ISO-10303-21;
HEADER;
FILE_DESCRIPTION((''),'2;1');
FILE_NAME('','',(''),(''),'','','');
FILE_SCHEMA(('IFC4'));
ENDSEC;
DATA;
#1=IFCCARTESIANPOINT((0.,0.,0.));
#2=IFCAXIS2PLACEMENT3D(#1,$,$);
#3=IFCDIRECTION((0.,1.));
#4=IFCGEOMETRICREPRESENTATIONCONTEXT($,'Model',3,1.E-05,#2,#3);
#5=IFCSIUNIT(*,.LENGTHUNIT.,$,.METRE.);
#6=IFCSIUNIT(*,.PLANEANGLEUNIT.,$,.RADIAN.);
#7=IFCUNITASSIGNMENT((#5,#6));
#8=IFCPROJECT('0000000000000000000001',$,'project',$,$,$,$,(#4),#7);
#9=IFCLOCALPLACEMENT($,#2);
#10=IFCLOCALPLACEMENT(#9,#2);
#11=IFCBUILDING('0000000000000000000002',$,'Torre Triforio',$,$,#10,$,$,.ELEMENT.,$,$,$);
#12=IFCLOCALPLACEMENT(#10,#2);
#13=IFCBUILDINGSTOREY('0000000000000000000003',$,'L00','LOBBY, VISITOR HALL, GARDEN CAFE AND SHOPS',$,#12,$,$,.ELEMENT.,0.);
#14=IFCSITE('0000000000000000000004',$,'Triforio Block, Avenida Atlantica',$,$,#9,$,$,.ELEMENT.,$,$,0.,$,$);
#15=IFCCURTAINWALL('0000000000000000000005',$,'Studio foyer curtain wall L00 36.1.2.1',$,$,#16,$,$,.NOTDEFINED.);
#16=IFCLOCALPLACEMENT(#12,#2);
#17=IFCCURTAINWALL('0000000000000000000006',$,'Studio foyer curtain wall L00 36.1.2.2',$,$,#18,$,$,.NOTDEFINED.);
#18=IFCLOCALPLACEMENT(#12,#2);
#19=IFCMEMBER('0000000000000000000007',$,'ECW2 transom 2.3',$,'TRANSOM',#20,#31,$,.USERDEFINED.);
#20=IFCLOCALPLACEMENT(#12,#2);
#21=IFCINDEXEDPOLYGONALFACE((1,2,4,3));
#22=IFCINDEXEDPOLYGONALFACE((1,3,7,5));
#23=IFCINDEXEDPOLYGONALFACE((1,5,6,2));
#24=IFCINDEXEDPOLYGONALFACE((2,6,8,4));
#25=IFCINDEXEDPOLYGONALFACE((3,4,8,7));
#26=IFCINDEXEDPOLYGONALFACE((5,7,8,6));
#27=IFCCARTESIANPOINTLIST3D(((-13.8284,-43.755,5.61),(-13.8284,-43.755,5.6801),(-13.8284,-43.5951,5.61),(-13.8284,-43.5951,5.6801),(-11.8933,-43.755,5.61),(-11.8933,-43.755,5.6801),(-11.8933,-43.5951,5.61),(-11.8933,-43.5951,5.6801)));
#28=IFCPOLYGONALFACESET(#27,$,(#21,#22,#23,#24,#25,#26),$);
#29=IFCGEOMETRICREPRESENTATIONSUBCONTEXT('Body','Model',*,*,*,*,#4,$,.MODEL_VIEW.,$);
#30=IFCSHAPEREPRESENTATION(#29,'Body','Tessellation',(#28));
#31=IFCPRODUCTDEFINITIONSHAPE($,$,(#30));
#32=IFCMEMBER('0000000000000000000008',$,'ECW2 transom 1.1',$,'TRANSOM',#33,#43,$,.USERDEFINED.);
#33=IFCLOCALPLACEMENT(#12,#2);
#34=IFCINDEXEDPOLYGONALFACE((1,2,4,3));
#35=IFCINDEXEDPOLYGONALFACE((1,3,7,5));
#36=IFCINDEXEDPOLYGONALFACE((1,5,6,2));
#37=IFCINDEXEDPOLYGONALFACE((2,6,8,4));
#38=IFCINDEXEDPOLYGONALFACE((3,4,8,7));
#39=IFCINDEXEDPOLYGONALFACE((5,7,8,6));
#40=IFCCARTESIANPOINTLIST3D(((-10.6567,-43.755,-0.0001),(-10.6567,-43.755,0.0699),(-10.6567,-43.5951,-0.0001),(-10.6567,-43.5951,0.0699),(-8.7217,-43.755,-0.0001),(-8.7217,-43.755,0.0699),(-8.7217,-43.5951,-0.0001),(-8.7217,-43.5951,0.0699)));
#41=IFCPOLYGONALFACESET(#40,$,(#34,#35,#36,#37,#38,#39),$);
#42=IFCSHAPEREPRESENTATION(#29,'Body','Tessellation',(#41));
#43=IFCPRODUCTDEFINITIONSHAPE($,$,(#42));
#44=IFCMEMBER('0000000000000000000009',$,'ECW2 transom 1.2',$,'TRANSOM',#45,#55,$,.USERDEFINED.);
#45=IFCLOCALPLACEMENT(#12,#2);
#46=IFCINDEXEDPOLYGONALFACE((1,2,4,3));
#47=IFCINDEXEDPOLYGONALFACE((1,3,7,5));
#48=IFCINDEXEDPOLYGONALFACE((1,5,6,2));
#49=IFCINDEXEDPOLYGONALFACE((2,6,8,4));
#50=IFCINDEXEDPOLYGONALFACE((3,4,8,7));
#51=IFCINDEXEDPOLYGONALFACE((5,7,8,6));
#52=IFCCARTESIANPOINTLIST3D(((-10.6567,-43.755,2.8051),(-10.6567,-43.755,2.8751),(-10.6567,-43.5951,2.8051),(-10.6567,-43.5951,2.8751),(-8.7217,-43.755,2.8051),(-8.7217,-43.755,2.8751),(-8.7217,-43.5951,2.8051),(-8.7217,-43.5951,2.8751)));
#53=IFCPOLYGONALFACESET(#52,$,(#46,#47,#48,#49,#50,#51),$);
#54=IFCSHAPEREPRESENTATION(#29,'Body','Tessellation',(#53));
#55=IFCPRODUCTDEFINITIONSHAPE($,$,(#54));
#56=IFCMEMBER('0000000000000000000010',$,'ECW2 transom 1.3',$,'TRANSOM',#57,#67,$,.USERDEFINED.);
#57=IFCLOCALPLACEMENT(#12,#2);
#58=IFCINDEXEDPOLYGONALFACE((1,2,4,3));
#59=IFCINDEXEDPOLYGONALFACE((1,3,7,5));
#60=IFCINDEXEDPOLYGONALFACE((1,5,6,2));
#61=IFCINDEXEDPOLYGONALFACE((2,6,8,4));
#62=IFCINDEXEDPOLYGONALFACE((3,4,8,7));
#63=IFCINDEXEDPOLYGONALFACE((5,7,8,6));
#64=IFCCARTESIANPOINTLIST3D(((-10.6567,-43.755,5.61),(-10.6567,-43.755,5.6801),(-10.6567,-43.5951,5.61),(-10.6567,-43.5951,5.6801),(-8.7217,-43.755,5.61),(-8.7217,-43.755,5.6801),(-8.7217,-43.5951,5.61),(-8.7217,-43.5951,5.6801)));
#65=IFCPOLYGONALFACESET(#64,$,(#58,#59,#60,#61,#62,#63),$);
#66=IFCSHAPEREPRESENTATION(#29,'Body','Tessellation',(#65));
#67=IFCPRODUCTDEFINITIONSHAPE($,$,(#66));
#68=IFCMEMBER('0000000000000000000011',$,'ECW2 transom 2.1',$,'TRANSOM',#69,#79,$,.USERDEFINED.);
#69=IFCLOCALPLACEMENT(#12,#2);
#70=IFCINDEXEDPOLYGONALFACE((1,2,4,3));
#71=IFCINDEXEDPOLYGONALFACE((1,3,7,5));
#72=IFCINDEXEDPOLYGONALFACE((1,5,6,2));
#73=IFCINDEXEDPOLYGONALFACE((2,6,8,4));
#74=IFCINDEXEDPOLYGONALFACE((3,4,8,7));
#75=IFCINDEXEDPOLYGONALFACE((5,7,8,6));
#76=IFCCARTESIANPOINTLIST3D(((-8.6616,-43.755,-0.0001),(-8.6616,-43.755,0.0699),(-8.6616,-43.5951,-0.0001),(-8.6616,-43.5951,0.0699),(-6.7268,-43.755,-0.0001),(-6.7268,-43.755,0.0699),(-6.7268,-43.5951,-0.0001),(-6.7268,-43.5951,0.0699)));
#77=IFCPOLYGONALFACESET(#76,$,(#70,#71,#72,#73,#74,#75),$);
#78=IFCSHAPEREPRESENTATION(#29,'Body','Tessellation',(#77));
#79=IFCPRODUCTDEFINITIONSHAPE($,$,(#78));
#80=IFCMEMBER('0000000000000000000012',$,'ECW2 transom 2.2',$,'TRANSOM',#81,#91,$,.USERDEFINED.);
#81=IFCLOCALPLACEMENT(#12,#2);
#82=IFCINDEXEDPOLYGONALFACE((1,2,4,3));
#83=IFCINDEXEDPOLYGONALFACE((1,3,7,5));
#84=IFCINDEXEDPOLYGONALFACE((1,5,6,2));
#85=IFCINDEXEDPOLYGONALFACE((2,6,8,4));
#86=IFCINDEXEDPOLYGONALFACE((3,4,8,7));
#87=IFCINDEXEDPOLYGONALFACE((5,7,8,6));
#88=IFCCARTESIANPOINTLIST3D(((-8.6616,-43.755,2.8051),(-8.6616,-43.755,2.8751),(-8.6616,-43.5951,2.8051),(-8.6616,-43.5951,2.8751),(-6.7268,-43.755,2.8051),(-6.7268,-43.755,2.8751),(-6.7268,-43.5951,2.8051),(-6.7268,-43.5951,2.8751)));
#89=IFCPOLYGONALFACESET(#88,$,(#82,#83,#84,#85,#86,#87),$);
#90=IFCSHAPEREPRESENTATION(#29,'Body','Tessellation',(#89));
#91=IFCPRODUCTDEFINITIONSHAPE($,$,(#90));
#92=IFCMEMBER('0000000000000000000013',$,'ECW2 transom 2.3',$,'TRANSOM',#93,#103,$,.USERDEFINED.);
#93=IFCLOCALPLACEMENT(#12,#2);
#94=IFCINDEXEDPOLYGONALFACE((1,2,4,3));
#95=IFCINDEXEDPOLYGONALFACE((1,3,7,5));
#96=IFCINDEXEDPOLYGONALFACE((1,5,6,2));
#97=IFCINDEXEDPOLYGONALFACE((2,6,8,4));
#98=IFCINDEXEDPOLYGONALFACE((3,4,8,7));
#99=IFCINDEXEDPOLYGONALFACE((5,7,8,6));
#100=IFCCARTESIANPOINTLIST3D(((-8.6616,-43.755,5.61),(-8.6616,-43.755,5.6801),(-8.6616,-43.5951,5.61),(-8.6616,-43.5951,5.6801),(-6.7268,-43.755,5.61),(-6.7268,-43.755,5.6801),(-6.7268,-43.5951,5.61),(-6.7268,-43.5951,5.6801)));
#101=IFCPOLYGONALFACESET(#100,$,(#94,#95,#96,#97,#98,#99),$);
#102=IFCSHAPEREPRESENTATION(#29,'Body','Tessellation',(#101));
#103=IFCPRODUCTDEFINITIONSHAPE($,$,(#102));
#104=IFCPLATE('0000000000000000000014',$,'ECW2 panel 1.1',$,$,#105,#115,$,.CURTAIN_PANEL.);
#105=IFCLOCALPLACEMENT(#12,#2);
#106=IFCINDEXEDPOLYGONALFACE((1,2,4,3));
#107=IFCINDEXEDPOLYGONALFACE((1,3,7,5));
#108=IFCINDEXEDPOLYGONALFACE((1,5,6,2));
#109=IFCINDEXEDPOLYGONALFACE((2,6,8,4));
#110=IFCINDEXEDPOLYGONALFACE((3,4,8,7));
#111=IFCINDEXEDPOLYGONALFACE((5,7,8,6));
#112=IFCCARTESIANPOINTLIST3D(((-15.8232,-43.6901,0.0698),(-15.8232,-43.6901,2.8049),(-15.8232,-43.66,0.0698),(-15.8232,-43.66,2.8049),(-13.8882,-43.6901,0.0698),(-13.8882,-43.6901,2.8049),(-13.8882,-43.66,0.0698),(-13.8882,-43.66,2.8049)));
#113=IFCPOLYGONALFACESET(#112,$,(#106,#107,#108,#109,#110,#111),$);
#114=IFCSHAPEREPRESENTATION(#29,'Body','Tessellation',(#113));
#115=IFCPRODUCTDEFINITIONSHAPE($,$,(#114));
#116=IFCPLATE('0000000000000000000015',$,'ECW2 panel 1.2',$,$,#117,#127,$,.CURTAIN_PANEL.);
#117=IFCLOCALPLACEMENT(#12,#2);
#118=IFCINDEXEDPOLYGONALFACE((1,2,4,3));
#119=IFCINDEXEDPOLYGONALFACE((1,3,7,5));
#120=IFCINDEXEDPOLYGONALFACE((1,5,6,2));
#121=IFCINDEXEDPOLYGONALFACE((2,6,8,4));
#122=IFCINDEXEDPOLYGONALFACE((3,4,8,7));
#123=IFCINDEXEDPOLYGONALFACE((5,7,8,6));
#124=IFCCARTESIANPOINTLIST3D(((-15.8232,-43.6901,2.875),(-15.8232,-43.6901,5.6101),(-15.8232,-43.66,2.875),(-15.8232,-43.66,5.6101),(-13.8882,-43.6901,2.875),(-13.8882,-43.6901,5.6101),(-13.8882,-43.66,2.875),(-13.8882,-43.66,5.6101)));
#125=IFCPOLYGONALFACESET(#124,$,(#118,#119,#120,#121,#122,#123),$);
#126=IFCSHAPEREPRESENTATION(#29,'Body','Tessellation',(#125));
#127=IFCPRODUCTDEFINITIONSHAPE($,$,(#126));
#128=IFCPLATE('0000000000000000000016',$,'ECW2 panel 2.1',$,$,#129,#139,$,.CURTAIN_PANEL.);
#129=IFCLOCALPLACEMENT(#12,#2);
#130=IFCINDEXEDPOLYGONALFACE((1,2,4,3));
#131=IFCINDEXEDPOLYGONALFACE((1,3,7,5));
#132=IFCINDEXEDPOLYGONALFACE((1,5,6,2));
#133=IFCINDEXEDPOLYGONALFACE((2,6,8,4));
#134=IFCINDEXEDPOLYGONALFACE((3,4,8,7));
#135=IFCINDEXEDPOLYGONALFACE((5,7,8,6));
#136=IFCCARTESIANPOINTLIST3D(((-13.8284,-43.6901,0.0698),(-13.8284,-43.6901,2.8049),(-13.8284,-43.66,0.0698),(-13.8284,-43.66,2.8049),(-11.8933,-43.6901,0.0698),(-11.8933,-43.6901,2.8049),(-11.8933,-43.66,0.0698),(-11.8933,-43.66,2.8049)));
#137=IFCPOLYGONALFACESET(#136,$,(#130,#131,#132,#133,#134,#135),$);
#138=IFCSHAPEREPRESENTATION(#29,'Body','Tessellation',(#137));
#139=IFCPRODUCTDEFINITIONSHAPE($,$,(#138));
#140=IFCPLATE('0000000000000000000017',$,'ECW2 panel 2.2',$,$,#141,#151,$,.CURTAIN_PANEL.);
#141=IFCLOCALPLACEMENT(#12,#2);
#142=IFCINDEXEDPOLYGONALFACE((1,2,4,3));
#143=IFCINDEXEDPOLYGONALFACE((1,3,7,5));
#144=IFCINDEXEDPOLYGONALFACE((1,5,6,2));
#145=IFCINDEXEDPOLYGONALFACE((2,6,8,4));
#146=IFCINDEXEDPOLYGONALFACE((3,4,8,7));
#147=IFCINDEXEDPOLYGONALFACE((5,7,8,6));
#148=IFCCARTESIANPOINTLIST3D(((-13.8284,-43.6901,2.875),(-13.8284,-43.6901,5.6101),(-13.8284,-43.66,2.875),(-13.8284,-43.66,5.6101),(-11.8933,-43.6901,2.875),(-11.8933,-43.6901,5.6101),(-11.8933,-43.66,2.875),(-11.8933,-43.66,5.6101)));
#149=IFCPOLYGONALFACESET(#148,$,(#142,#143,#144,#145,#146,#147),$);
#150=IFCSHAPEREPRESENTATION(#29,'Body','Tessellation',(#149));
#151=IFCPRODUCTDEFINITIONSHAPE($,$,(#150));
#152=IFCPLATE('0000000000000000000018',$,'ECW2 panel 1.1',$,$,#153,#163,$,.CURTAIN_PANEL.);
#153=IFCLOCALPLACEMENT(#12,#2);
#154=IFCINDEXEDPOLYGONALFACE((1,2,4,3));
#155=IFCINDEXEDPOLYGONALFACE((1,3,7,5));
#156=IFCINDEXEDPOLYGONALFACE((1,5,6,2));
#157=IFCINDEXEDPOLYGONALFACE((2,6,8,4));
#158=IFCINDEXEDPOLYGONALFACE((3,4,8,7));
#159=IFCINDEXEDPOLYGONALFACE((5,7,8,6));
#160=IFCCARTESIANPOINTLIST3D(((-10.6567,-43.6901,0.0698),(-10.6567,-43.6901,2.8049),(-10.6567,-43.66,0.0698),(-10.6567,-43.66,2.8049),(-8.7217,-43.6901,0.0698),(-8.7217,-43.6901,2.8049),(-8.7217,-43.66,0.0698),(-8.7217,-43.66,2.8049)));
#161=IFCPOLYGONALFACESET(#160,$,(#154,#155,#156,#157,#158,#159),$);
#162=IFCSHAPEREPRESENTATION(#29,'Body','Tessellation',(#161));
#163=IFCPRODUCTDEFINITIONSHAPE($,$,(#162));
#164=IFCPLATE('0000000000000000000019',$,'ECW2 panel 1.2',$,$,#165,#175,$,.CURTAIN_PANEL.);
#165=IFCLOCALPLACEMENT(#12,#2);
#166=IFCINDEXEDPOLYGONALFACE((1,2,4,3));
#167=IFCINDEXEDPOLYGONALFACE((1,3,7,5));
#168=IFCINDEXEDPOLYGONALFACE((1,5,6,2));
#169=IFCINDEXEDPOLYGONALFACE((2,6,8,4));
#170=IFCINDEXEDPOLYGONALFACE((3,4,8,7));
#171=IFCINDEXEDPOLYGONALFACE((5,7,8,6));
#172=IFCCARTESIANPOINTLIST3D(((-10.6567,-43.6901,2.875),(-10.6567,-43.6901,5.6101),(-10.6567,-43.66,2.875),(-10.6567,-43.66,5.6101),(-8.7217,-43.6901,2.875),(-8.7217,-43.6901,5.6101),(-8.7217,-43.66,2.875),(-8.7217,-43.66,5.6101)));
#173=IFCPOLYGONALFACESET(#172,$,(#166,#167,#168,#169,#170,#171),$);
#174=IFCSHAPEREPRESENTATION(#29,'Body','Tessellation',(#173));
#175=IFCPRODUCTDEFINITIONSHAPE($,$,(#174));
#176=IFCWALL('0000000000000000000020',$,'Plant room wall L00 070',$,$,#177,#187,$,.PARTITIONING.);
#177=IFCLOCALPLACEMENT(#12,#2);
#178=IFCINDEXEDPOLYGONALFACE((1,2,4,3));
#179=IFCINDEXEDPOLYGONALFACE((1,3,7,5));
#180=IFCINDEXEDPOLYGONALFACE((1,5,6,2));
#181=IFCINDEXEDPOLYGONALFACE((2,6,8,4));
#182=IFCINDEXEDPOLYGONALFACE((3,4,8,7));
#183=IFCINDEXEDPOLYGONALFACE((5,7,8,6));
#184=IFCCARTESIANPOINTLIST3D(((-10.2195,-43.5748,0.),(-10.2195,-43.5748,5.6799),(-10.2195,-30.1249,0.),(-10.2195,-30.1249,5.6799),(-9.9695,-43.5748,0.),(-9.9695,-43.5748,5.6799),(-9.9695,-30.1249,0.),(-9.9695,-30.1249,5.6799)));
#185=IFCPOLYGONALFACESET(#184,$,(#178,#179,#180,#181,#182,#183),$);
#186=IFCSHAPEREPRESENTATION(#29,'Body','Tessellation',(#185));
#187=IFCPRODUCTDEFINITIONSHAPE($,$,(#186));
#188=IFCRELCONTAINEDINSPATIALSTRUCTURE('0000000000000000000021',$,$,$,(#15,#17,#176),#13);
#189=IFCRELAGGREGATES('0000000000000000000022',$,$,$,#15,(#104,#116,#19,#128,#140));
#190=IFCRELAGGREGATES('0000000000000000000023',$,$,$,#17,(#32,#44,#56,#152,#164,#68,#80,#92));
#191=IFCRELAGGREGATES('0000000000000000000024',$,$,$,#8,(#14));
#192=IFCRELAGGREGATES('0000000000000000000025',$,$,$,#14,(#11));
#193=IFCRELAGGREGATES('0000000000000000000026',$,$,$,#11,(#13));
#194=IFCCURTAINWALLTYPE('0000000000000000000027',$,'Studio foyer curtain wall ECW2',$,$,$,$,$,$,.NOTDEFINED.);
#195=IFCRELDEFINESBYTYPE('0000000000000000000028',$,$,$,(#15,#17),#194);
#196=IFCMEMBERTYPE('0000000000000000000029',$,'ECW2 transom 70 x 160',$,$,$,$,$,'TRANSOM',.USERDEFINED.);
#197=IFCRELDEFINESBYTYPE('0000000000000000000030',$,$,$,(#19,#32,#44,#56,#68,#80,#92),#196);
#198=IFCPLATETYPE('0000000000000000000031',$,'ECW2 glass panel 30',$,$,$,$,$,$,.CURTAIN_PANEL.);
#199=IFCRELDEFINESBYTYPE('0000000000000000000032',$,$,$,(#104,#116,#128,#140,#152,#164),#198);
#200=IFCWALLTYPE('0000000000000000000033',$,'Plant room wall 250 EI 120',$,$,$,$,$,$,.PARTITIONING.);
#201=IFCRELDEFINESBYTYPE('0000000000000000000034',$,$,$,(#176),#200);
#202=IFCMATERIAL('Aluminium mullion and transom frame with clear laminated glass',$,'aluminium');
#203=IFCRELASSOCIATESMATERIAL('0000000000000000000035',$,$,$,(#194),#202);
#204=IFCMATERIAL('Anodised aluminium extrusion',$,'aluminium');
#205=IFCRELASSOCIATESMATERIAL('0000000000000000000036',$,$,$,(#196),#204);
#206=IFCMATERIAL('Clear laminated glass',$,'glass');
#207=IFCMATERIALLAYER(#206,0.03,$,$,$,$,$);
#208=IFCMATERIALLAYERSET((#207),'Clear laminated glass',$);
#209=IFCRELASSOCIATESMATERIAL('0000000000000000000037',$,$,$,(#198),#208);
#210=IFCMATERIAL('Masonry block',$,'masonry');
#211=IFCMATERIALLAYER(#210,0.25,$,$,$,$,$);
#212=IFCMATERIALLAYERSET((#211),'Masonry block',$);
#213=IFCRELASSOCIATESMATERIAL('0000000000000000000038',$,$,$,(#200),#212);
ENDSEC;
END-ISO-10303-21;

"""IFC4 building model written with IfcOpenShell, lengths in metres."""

from ifc_helpers import new_model, si_unit, direction, frame, frame_2d, origin, origin_2d, place, context, subcontext, project, spatial, rectangle, extrude, material, layer, layer_set, material_profile, profile_set, type_object, element, aggregate, save


model = new_model("IFC4")

# Units and contexts
model_context = context("Model", 3, precision=1e-05, world=origin(), true_north=direction((0.0, 1.0)))
body_context = subcontext(model_context, "Body", "Model", "MODEL_VIEW")
ifc_project = project(units=[si_unit("LENGTHUNIT", "METRE"), si_unit("PLANEANGLEUNIT", "RADIAN")], contexts=[model_context])

# Site, building, storey
site_placement = place(None, origin())
site = spatial("IfcSite", under=ifc_project, at=site_placement, Name="Triforio Block, Avenida Atlantica", CompositionType="ELEMENT", RefElevation=0.0)
building_placement = place(site_placement, origin())
building = spatial("IfcBuilding", under=site, at=building_placement, Name="Torre Triforio", CompositionType="ELEMENT")
storey_placement = place(building_placement, origin())
storey = spatial("IfcBuildingStorey", under=building, at=storey_placement, Name="L00", Description="LOBBY, VISITOR HALL, GARDEN CAFE AND SHOPS", CompositionType="ELEMENT", Elevation=0.0)

# Curtain walls
ifc_material_1 = material(Name="Aluminium mullion and transom frame with clear laminated glass", Category="aluminium")
curtain_wall_type = type_object("IfcCurtainWallType", Name="Studio foyer curtain wall ECW2", PredefinedType="NOTDEFINED", material=ifc_material_1)
curtain_wall_1_placement = place(storey_placement, origin())
curtain_wall_1 = element("IfcCurtainWall", 1, at=curtain_wall_1_placement, inside=storey, type_object=curtain_wall_type, Name="Studio foyer curtain wall L00 36.1.2.1", PredefinedType="NOTDEFINED")
ifc_material_2 = material(Name="Anodised aluminium extrusion", Category="aluminium")
curtain_wall_2_placement = place(storey_placement, origin())
curtain_wall_2 = element("IfcCurtainWall", 2, at=curtain_wall_2_placement, inside=storey, type_object=curtain_wall_type, Name="Studio foyer curtain wall L00 36.1.2.2", PredefinedType="NOTDEFINED")

# Members
ifc_material_profile_1 = material_profile(ifc_material_2, rectangle(XDim=0.1599, YDim=0.0701, at=origin_2d()), Name="ECW2 TRANSOM 70x160")
ifc_profile_set_1 = profile_set([ifc_material_profile_1], Name="Anodised aluminium extrusion")
member_type_1 = type_object("IfcMemberType", Name="ECW2 transom 70 x 160", ElementType="TRANSOM", PredefinedType="USERDEFINED", material=ifc_profile_set_1)
member_1_placement = place(storey_placement, frame((-13.8284, -43.675, 5.645), z_axis=(1.0, 0.0, 0.0), x_axis=(0.0, 1.0, 0.0)))
member_1 = element("IfcMember", 3, at=member_1_placement, type_object=member_type_1, Name="ECW2 transom 2.3", ObjectType="TRANSOM", PredefinedType="USERDEFINED", context=body_context, shape_type="SweptSolid", body=[
    extrude(rectangle(XDim=0.1599, YDim=0.0701, at=origin_2d()), origin(), (0.0, 0.0, 1.0), 1.9351),
])
member_2_placement = place(storey_placement, frame((-10.6567, -43.675, 0.0349), z_axis=(1.0, 0.0, 0.0), x_axis=(0.0, 1.0, 0.0)))
member_2 = element("IfcMember", 4, at=member_2_placement, type_object=member_type_1, Name="ECW2 transom 1.1", ObjectType="TRANSOM", PredefinedType="USERDEFINED", context=body_context, shape_type="SweptSolid", body=[
    extrude(rectangle(XDim=0.1599, YDim=0.0701, at=origin_2d()), origin(), (0.0, 0.0, 1.0), 1.9351),
])
member_3_placement = place(storey_placement, frame((-10.6567, -43.675, 2.8401), z_axis=(1.0, 0.0, 0.0), x_axis=(0.0, 1.0, 0.0)))
member_3 = element("IfcMember", 5, at=member_3_placement, type_object=member_type_1, Name="ECW2 transom 1.2", ObjectType="TRANSOM", PredefinedType="USERDEFINED", context=body_context, shape_type="SweptSolid", body=[
    extrude(rectangle(XDim=0.1599, YDim=0.0701, at=origin_2d()), origin(), (0.0, 0.0, 1.0), 1.9351),
])
member_4_placement = place(storey_placement, frame((-10.6567, -43.675, 5.645), z_axis=(1.0, 0.0, 0.0), x_axis=(0.0, 1.0, 0.0)))
member_4 = element("IfcMember", 6, at=member_4_placement, type_object=member_type_1, Name="ECW2 transom 1.3", ObjectType="TRANSOM", PredefinedType="USERDEFINED", context=body_context, shape_type="SweptSolid", body=[
    extrude(rectangle(XDim=0.1599, YDim=0.0701, at=origin_2d()), origin(), (0.0, 0.0, 1.0), 1.9351),
])
member_5_placement = place(storey_placement, frame((-8.6616, -43.675, 0.0349), z_axis=(1.0, 0.0, 0.0), x_axis=(0.0, 1.0, 0.0)))
member_5 = element("IfcMember", 7, at=member_5_placement, type_object=member_type_1, Name="ECW2 transom 2.1", ObjectType="TRANSOM", PredefinedType="USERDEFINED", context=body_context, shape_type="SweptSolid", body=[
    extrude(rectangle(XDim=0.1599, YDim=0.0701, at=origin_2d()), origin(), (0.0, 0.0, 1.0), 1.9348),
])
member_6_placement = place(storey_placement, frame((-8.6616, -43.675, 2.8401), z_axis=(1.0, 0.0, 0.0), x_axis=(0.0, 1.0, 0.0)))
member_6 = element("IfcMember", 8, at=member_6_placement, type_object=member_type_1, Name="ECW2 transom 2.2", ObjectType="TRANSOM", PredefinedType="USERDEFINED", context=body_context, shape_type="SweptSolid", body=[
    extrude(rectangle(XDim=0.1599, YDim=0.0701, at=origin_2d()), origin(), (0.0, 0.0, 1.0), 1.9348),
])
member_7_placement = place(storey_placement, frame((-8.6616, -43.675, 5.645), z_axis=(1.0, 0.0, 0.0), x_axis=(0.0, 1.0, 0.0)))
member_7 = element("IfcMember", 9, at=member_7_placement, type_object=member_type_1, Name="ECW2 transom 2.3", ObjectType="TRANSOM", PredefinedType="USERDEFINED", context=body_context, shape_type="SweptSolid", body=[
    extrude(rectangle(XDim=0.1599, YDim=0.0701, at=origin_2d()), origin(), (0.0, 0.0, 1.0), 1.9348),
])

# Plates
ifc_material_3 = material(Name="Clear laminated glass", Category="glass")
ifc_layer_1 = layer(ifc_material_3, 0.03)
ifc_layer_set_1 = layer_set([ifc_layer_1], Name="Clear laminated glass")
plate_type = type_object("IfcPlateType", Name="ECW2 glass panel 30", PredefinedType="CURTAIN_PANEL", material=ifc_layer_set_1)
plate_1_placement = place(storey_placement, frame((-14.8557, -43.675, 0.0698), z_axis=(0.0, 0.0, 1.0), x_axis=(1.0, 0.0, 0.0)))
plate_1 = element("IfcPlate", 10, at=plate_1_placement, type_object=plate_type, Name="ECW2 panel 1.1", PredefinedType="CURTAIN_PANEL", context=body_context, shape_type="SweptSolid", body=[
    extrude(rectangle(XDim=1.9351, YDim=0.03, at=origin_2d()), origin(), (0.0, 0.0, 1.0), 2.7351),
])
plate_2_placement = place(storey_placement, frame((-14.8557, -43.675, 2.875), z_axis=(0.0, 0.0, 1.0), x_axis=(1.0, 0.0, 0.0)))
plate_2 = element("IfcPlate", 11, at=plate_2_placement, type_object=plate_type, Name="ECW2 panel 1.2", PredefinedType="CURTAIN_PANEL", context=body_context, shape_type="SweptSolid", body=[
    extrude(rectangle(XDim=1.9351, YDim=0.03, at=origin_2d()), origin(), (0.0, 0.0, 1.0), 2.7351),
])
plate_3_placement = place(storey_placement, frame((-12.8608, -43.675, 0.0698), z_axis=(0.0, 0.0, 1.0), x_axis=(1.0, 0.0, 0.0)))
plate_3 = element("IfcPlate", 12, at=plate_3_placement, type_object=plate_type, Name="ECW2 panel 2.1", PredefinedType="CURTAIN_PANEL", context=body_context, shape_type="SweptSolid", body=[
    extrude(rectangle(XDim=1.9351, YDim=0.03, at=origin_2d()), origin(), (0.0, 0.0, 1.0), 2.7351),
])
plate_4_placement = place(storey_placement, frame((-12.8608, -43.675, 2.875), z_axis=(0.0, 0.0, 1.0), x_axis=(1.0, 0.0, 0.0)))
plate_4 = element("IfcPlate", 13, at=plate_4_placement, type_object=plate_type, Name="ECW2 panel 2.2", PredefinedType="CURTAIN_PANEL", context=body_context, shape_type="SweptSolid", body=[
    extrude(rectangle(XDim=1.9351, YDim=0.03, at=origin_2d()), origin(), (0.0, 0.0, 1.0), 2.7351),
])
aggregate(curtain_wall_1, [plate_1, plate_2, member_1, plate_3, plate_4])
plate_5_placement = place(storey_placement, frame((-9.6892, -43.675, 0.0698), z_axis=(0.0, 0.0, 1.0), x_axis=(1.0, 0.0, 0.0)))
plate_5 = element("IfcPlate", 14, at=plate_5_placement, type_object=plate_type, Name="ECW2 panel 1.1", PredefinedType="CURTAIN_PANEL", context=body_context, shape_type="SweptSolid", body=[
    extrude(rectangle(XDim=1.9351, YDim=0.03, at=origin_2d()), origin(), (0.0, 0.0, 1.0), 2.7351),
])
plate_6_placement = place(storey_placement, frame((-9.6892, -43.675, 2.875), z_axis=(0.0, 0.0, 1.0), x_axis=(1.0, 0.0, 0.0)))
plate_6 = element("IfcPlate", 15, at=plate_6_placement, type_object=plate_type, Name="ECW2 panel 1.2", PredefinedType="CURTAIN_PANEL", context=body_context, shape_type="SweptSolid", body=[
    extrude(rectangle(XDim=1.9351, YDim=0.03, at=origin_2d()), origin(), (0.0, 0.0, 1.0), 2.7351),
])
aggregate(curtain_wall_2, [member_2, member_3, member_4, plate_5, plate_6, member_5, member_6, member_7])

# Wall
ifc_material_4 = material(Name="Masonry block", Category="masonry")
ifc_layer_2 = layer(ifc_material_4, 0.25)
ifc_layer_set_2 = layer_set([ifc_layer_2], Name="Masonry block")
wall_type_1 = type_object("IfcWallType", Name="Plant room wall 250 EI 120", PredefinedType="PARTITIONING", material=ifc_layer_set_2)
wall_1_placement = place(storey_placement, frame((-10.0945, -43.575, 0.0), z_axis=(0.0, 0.0, 1.0), x_axis=(0.0, 1.0, 0.0)))
element("IfcWall", 16, at=wall_1_placement, inside=storey, type_object=wall_type_1, Name="Plant room wall L00 070", PredefinedType="PARTITIONING", context=body_context, shape_type="SweptSolid", body=[
    extrude(rectangle(XDim=13.45, YDim=0.25, at=frame_2d((6.7251, 0.0))), origin(), (0.0, 0.0, 1.0), 5.6799),
])

save(model, "model.ifc")
